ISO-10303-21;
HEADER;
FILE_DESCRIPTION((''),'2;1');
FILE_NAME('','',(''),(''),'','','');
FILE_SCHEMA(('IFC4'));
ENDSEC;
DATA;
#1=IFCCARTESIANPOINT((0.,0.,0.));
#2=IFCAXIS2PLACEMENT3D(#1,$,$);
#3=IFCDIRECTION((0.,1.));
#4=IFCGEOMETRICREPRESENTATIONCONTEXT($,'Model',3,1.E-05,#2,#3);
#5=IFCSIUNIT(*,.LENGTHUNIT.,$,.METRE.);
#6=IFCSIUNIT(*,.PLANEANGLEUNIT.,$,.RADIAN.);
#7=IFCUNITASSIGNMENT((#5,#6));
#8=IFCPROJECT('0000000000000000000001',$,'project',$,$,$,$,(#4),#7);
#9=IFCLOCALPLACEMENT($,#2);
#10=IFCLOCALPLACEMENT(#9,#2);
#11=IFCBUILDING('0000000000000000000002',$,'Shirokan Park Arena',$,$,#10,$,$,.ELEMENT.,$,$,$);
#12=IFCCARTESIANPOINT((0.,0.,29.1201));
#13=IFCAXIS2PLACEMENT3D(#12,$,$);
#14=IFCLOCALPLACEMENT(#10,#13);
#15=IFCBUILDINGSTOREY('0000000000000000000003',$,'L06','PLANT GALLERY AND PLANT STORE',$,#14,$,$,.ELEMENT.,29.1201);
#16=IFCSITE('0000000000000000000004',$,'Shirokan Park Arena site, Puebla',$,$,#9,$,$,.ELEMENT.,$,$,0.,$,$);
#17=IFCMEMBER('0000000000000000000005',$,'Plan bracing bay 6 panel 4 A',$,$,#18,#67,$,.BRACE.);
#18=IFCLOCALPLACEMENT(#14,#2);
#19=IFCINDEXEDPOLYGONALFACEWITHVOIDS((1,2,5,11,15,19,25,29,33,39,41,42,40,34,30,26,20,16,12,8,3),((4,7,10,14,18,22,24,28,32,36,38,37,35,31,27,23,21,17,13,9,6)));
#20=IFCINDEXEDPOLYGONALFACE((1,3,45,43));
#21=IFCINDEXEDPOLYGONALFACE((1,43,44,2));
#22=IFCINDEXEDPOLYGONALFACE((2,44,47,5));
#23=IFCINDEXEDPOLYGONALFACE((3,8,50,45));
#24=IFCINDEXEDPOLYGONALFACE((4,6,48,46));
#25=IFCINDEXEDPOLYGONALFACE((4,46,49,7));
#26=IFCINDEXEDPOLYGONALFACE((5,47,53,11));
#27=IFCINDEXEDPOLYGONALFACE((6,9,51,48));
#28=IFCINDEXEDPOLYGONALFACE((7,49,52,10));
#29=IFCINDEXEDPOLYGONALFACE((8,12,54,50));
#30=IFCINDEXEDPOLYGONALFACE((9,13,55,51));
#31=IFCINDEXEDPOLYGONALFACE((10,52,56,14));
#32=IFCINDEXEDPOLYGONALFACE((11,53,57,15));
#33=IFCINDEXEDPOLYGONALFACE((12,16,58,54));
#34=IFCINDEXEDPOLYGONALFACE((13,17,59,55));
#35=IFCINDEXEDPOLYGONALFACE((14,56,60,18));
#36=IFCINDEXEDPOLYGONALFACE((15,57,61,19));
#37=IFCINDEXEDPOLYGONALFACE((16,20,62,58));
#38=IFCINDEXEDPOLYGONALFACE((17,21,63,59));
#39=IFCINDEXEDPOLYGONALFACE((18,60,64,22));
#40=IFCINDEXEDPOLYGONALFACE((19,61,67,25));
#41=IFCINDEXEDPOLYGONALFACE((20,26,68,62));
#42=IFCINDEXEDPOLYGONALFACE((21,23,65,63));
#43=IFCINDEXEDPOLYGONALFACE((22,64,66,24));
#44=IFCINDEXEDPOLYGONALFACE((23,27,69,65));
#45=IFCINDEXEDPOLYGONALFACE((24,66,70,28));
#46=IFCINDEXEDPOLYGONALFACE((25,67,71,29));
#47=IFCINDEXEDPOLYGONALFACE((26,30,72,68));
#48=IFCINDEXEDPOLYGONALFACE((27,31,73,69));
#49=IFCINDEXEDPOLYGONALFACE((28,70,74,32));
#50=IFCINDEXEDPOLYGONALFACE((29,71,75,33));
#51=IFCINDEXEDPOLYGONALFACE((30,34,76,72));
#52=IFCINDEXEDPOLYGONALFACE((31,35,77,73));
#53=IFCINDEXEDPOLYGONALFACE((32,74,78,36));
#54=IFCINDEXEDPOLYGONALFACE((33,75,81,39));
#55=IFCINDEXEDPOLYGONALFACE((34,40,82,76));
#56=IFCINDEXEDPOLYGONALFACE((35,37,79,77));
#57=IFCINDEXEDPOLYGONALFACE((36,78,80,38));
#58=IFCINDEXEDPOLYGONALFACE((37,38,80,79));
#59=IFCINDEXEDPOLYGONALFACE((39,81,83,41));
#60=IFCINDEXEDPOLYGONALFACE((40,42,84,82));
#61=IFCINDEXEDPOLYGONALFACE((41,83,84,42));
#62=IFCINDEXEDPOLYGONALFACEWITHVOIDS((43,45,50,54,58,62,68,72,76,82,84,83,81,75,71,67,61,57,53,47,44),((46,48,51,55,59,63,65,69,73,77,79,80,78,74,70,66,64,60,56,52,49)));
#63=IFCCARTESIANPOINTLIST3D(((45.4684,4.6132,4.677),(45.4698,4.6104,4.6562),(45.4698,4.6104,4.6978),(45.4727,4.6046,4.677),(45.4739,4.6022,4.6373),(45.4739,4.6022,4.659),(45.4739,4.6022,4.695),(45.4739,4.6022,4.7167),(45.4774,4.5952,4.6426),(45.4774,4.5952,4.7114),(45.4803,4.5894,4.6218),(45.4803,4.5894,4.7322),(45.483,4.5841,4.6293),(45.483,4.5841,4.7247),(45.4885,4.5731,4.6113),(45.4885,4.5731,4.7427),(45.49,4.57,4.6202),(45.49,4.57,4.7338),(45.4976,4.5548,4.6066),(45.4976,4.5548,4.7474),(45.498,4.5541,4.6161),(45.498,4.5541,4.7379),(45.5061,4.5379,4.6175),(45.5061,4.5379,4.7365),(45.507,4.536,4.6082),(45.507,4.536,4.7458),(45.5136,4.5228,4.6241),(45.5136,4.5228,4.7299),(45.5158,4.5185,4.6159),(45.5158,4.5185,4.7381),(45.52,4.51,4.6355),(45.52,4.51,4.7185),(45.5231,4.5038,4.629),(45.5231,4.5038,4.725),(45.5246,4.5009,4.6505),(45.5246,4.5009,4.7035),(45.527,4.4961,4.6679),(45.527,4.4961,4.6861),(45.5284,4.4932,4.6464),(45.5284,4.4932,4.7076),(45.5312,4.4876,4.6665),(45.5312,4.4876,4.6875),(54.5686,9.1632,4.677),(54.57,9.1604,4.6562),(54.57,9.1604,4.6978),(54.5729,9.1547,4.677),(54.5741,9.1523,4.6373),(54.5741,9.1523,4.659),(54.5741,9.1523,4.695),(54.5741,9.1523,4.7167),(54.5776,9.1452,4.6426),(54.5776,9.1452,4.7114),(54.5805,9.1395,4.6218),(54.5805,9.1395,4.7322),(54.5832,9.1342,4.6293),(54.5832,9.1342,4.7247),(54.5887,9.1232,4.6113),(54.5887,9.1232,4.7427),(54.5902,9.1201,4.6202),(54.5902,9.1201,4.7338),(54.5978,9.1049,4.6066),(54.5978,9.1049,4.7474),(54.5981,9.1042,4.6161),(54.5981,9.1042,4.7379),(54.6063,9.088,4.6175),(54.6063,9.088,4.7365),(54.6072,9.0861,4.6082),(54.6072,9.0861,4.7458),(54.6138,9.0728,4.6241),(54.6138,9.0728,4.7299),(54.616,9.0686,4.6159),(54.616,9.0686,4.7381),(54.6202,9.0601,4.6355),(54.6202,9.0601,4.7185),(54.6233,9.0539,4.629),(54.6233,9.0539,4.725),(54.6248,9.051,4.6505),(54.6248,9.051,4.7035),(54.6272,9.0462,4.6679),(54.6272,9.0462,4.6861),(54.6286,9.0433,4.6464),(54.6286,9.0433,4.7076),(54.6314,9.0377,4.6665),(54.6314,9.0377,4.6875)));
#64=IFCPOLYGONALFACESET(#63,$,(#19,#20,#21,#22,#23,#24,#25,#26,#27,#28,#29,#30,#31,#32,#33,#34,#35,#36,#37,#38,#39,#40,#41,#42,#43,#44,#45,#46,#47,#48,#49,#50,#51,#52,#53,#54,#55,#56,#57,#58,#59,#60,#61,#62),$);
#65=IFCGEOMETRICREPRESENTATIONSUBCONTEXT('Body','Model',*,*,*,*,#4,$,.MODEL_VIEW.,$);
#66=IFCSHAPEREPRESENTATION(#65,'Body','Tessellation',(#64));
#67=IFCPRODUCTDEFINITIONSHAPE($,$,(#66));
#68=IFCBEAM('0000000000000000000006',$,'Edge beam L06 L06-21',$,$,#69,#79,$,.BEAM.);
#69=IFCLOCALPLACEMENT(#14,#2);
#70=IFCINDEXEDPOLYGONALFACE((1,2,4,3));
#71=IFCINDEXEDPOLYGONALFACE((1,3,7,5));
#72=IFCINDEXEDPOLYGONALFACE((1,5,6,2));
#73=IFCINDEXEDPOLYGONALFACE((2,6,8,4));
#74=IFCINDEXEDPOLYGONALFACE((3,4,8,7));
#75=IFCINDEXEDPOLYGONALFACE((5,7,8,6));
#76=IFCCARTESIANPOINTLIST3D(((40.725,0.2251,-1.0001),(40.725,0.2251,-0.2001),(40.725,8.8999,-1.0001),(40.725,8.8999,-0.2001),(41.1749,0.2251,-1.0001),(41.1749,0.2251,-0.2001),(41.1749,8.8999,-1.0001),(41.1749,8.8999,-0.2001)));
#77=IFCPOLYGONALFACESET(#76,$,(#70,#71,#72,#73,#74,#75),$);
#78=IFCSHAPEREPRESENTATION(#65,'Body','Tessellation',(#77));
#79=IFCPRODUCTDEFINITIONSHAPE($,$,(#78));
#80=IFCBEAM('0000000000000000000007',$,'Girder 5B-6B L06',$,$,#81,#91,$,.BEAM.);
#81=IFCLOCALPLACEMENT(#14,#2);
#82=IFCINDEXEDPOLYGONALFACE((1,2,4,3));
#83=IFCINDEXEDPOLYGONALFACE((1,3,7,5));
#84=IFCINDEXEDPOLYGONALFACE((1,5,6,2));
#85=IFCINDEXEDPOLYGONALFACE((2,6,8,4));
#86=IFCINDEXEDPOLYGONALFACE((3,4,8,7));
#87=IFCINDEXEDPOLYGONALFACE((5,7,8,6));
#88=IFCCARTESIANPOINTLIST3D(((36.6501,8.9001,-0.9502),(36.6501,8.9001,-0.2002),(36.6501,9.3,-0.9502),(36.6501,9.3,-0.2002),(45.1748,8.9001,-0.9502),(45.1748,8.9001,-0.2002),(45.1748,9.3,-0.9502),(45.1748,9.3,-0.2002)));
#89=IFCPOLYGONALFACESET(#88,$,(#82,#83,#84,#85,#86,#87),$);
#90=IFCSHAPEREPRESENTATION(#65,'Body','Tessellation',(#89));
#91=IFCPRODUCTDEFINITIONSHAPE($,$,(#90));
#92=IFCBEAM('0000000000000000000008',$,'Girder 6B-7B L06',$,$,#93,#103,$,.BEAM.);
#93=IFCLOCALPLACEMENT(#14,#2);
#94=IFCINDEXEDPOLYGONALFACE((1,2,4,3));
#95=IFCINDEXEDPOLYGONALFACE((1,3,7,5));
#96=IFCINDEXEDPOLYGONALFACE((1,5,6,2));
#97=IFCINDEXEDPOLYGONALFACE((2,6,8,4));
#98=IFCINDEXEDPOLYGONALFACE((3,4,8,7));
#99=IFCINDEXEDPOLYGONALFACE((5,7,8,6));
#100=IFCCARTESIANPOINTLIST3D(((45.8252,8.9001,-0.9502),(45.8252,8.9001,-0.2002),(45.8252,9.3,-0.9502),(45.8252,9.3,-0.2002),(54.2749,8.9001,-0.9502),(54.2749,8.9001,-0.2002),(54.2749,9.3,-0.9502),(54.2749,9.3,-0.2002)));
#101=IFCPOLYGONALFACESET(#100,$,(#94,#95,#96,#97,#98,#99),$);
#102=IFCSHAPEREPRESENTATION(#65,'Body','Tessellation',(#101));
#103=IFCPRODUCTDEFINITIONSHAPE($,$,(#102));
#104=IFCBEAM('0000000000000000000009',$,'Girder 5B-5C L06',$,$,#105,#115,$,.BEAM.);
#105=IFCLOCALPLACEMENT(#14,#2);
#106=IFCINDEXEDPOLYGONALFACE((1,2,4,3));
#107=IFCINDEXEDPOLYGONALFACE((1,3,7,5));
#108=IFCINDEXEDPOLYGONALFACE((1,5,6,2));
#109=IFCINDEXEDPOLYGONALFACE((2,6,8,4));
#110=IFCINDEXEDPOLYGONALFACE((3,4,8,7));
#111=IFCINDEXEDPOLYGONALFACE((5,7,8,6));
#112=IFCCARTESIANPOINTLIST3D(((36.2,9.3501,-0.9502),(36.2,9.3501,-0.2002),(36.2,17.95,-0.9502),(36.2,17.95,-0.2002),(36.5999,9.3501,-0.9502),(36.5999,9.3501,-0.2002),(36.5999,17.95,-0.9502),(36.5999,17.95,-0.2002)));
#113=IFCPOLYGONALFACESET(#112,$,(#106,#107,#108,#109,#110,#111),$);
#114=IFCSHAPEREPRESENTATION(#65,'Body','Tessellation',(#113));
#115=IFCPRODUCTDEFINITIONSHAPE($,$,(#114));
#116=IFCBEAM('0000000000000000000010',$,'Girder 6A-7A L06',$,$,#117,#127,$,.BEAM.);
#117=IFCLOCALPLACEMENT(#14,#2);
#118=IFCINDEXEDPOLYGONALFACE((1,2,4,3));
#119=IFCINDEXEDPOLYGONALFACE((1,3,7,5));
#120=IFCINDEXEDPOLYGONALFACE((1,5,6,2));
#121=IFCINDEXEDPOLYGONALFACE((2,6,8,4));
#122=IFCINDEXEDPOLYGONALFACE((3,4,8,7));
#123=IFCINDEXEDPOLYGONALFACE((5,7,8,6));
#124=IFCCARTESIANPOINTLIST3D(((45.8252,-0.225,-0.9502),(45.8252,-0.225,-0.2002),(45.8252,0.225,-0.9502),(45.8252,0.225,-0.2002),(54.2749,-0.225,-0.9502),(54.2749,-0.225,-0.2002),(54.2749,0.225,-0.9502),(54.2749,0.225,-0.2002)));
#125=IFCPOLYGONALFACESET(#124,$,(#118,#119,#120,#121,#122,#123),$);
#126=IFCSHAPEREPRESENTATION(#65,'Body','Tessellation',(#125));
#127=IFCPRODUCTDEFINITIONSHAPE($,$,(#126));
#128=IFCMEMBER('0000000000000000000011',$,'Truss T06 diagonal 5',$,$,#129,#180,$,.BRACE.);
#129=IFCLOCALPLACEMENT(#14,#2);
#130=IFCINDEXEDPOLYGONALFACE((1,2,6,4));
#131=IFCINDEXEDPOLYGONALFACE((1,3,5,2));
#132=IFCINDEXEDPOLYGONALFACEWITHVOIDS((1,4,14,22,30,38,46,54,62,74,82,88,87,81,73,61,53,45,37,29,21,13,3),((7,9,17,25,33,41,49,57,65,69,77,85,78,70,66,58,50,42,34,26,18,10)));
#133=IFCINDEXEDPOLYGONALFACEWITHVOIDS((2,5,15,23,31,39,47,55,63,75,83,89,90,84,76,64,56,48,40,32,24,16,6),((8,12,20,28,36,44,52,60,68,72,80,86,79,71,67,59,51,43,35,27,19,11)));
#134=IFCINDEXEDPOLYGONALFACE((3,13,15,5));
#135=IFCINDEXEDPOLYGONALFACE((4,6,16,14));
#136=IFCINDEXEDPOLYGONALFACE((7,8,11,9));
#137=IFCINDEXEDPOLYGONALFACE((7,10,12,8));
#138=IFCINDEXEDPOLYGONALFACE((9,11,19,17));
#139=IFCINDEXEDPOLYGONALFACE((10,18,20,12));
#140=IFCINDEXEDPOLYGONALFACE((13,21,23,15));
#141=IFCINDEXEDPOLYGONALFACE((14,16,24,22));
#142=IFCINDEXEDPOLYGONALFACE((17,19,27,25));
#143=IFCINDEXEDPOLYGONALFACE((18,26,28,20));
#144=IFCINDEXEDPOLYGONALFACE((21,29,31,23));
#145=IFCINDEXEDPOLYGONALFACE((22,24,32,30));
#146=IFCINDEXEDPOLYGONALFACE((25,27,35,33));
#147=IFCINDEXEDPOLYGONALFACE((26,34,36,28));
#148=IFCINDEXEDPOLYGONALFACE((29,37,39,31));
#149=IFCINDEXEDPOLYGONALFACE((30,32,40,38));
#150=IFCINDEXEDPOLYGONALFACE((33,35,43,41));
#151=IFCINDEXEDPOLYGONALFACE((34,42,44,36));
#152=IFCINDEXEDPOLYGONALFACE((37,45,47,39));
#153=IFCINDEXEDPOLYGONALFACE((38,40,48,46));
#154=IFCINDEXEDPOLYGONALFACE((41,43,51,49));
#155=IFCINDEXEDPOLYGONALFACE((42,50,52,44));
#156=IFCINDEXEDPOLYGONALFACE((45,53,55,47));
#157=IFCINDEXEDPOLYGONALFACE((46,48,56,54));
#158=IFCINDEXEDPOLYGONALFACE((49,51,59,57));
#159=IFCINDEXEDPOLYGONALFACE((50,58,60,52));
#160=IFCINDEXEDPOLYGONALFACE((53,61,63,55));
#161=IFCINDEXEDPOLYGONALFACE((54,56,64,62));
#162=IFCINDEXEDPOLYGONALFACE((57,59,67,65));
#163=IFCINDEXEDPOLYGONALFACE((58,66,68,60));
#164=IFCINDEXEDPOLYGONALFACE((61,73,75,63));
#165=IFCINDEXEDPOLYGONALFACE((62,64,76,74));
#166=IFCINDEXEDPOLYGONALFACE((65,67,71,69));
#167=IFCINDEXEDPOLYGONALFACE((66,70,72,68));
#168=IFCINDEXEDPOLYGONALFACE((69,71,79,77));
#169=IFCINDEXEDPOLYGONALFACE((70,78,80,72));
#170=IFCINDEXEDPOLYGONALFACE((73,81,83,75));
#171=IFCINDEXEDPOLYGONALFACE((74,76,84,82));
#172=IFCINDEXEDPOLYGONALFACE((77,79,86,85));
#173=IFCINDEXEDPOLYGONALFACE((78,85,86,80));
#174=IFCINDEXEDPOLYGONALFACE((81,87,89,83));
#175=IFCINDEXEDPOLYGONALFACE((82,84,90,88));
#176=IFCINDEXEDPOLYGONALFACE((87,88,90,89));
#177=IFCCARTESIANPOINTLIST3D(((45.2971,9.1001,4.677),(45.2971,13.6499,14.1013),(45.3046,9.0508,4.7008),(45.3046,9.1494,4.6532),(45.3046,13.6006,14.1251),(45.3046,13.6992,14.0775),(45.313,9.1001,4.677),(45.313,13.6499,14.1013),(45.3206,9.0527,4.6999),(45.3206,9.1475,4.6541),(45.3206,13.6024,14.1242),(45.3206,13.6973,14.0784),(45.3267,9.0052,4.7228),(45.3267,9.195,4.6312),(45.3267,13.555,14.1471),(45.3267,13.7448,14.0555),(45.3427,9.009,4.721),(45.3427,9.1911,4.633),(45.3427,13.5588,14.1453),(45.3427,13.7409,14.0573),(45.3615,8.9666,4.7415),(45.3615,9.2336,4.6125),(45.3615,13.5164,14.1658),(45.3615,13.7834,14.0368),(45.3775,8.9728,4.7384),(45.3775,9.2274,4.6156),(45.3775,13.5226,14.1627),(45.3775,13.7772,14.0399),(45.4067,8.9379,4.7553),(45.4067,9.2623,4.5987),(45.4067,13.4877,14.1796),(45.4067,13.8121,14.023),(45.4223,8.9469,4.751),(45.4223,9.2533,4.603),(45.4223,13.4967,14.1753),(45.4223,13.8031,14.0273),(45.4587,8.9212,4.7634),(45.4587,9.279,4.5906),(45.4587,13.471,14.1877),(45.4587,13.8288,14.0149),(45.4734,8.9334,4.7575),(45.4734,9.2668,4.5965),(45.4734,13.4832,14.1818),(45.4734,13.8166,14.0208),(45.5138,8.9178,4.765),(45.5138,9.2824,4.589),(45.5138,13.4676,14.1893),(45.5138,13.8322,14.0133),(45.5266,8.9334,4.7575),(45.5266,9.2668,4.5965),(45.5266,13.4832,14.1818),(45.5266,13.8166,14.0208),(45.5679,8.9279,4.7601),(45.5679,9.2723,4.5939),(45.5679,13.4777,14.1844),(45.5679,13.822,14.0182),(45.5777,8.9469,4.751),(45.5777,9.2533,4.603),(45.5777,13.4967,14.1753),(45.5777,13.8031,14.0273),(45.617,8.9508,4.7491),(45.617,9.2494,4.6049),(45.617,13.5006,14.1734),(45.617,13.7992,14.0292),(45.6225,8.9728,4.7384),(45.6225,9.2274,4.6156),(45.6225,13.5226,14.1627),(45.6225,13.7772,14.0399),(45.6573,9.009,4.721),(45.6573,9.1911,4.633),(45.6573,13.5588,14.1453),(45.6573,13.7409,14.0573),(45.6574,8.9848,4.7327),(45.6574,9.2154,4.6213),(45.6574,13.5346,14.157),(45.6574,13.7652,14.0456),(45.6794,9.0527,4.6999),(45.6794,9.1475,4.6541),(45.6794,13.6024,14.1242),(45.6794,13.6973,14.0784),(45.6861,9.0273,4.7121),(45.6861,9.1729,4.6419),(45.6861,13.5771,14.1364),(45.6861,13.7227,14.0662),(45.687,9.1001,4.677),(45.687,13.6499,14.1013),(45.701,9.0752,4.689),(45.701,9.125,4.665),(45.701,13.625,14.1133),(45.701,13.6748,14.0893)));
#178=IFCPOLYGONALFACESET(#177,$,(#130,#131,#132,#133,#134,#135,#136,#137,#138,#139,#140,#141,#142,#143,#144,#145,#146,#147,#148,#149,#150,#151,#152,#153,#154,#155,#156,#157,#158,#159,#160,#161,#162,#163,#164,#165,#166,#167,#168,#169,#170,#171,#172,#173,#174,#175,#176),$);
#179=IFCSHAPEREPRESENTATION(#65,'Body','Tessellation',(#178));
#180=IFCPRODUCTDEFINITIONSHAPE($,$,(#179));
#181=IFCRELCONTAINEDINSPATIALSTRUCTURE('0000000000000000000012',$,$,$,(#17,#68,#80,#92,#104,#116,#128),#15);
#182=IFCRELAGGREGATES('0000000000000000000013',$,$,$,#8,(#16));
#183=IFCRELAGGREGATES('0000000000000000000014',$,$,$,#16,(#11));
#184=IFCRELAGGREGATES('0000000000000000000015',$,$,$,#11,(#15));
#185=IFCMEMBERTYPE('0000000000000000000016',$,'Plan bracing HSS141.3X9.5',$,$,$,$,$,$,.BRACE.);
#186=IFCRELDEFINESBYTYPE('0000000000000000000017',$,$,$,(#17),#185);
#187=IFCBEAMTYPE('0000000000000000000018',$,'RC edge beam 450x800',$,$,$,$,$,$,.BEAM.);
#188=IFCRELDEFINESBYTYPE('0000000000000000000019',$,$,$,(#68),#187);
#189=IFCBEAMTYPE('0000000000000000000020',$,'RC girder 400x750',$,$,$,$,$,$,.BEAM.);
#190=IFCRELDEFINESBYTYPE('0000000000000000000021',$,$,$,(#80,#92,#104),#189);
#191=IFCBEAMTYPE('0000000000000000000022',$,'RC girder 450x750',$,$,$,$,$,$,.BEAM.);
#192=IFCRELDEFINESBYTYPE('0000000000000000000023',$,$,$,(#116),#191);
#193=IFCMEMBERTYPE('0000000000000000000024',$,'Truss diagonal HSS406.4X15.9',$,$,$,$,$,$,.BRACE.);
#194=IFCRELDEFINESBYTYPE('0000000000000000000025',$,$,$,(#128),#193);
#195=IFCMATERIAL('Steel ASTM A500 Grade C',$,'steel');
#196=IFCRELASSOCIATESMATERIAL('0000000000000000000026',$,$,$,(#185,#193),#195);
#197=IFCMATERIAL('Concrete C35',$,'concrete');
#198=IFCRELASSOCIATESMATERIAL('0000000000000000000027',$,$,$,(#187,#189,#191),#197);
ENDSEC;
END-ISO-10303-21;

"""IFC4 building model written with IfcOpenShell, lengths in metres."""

from ifc_helpers import new_model, si_unit, direction, frame, origin, origin_2d, place, context, subcontext, project, spatial, rectangle, hollow_circle, extrude, material, material_profile, profile_set, type_object, element, save


model = new_model("IFC4")

# Units and contexts
model_context = context("Model", 3, precision=1e-05, world=origin(), true_north=direction((0.0, 1.0)))
body_context = subcontext(model_context, "Body", "Model", "MODEL_VIEW")
ifc_project = project(units=[si_unit("LENGTHUNIT", "METRE"), si_unit("PLANEANGLEUNIT", "RADIAN")], contexts=[model_context])

# Site, building, storey
site_placement = place(None, origin())
site = spatial("IfcSite", under=ifc_project, at=site_placement, Name="Shirokan Park Arena site, Puebla", CompositionType="ELEMENT", RefElevation=0.0)
building_placement = place(site_placement, origin())
building = spatial("IfcBuilding", under=site, at=building_placement, Name="Shirokan Park Arena", CompositionType="ELEMENT")
storey_placement = place(building_placement, frame((0.0, 0.0, 29.1201)))
storey = spatial("IfcBuildingStorey", under=building, at=storey_placement, Name="L06", Description="PLANT GALLERY AND PLANT STORE", CompositionType="ELEMENT", Elevation=29.1201)

# Shared definitions
ifc_material_1 = material(Name="Concrete C35", Category="concrete")

# Member
ifc_material_2 = material(Name="Steel ASTM A500 Grade C", Category="steel")
ifc_material_profile_1 = material_profile(ifc_material_2, hollow_circle(Radius=0.0706, WallThickness=0.0095, at=origin_2d()), Name="HSS141.3X9.5")
ifc_profile_set_1 = profile_set([ifc_material_profile_1], Name="Steel ASTM A500 Grade C")
member_type_1 = type_object("IfcMemberType", Name="Plan bracing HSS141.3X9.5", PredefinedType="BRACE", material=ifc_profile_set_1)
member_1_placement = place(storey_placement, frame((45.5, 4.55, 4.677), z_axis=(0.894427, 0.447214, 0.0), x_axis=(-0.447214, 0.894427, 0.0)))
element("IfcMember", 1, at=member_1_placement, inside=storey, type_object=member_type_1, Name="Plan bracing bay 6 panel 4 A", PredefinedType="BRACE", context=body_context, shape_type="SweptSolid", body=[
    extrude(hollow_circle(Radius=0.0706, WallThickness=0.0095, at=origin_2d()), origin(), (0.0, 0.0, 1.0), 10.1743),
])

# Beams
ifc_material_profile_2 = material_profile(ifc_material_1, rectangle(XDim=0.45, YDim=0.8, at=origin_2d()), Name="450x800")
ifc_profile_set_2 = profile_set([ifc_material_profile_2], Name="Concrete C35")
beam_type_1 = type_object("IfcBeamType", Name="RC edge beam 450x800", PredefinedType="BEAM", material=ifc_profile_set_2)
beam_1_placement = place(storey_placement, frame((40.95, 0.2251, -0.6001), z_axis=(0.0, 1.0, 0.0), x_axis=(-1.0, 0.0, 0.0)))
element("IfcBeam", 2, at=beam_1_placement, inside=storey, type_object=beam_type_1, Name="Edge beam L06 L06-21", PredefinedType="BEAM", context=body_context, shape_type="SweptSolid", body=[
    extrude(rectangle(XDim=0.45, YDim=0.8, at=origin_2d()), origin(), (0.0, 0.0, 1.0), 8.6748),
])
ifc_material_profile_3 = material_profile(ifc_material_1, rectangle(XDim=0.3999, YDim=0.75, at=origin_2d()), Name="400x750")
ifc_profile_set_3 = profile_set([ifc_material_profile_3], Name="Concrete C35")
beam_type_2 = type_object("IfcBeamType", Name="RC girder 400x750", PredefinedType="BEAM", material=ifc_profile_set_3)
beam_2_placement = place(storey_placement, frame((36.6501, 9.1001, -0.5752), z_axis=(1.0, 0.0, 0.0), x_axis=(0.0, 1.0, 0.0)))
element("IfcBeam", 3, at=beam_2_placement, inside=storey, type_object=beam_type_2, Name="Girder 5B-6B L06", PredefinedType="BEAM", context=body_context, shape_type="SweptSolid", body=[
    extrude(rectangle(XDim=0.3999, YDim=0.75, at=origin_2d()), origin(), (0.0, 0.0, 1.0), 8.5247),
])
beam_3_placement = place(storey_placement, frame((45.8252, 9.1001, -0.5752), z_axis=(1.0, 0.0, 0.0), x_axis=(0.0, 1.0, 0.0)))
element("IfcBeam", 4, at=beam_3_placement, inside=storey, type_object=beam_type_2, Name="Girder 6B-7B L06", PredefinedType="BEAM", context=body_context, shape_type="SweptSolid", body=[
    extrude(rectangle(XDim=0.3999, YDim=0.75, at=origin_2d()), origin(), (0.0, 0.0, 1.0), 8.4497),
])
beam_4_placement = place(storey_placement, frame((36.3999, 9.3501, -0.5752), z_axis=(0.0, 1.0, 0.0), x_axis=(-1.0, 0.0, 0.0)))
element("IfcBeam", 5, at=beam_4_placement, inside=storey, type_object=beam_type_2, Name="Girder 5B-5C L06", PredefinedType="BEAM", context=body_context, shape_type="SweptSolid", body=[
    extrude(rectangle(XDim=0.3999, YDim=0.75, at=origin_2d()), origin(), (0.0, 0.0, 1.0), 8.5999),
])
ifc_material_profile_4 = material_profile(ifc_material_1, rectangle(XDim=0.45, YDim=0.75, at=origin_2d()), Name="450x750")
ifc_profile_set_4 = profile_set([ifc_material_profile_4], Name="Concrete C35")
beam_type_3 = type_object("IfcBeamType", Name="RC girder 450x750", PredefinedType="BEAM", material=ifc_profile_set_4)
beam_5_placement = place(storey_placement, frame((45.8252, 0.0, -0.5752), z_axis=(1.0, 0.0, 0.0), x_axis=(0.0, 1.0, 0.0)))
element("IfcBeam", 6, at=beam_5_placement, inside=storey, type_object=beam_type_3, Name="Girder 6A-7A L06", PredefinedType="BEAM", context=body_context, shape_type="SweptSolid", body=[
    extrude(rectangle(XDim=0.45, YDim=0.75, at=origin_2d()), origin(), (0.0, 0.0, 1.0), 8.4497),
])

# Member
ifc_material_profile_5 = material_profile(ifc_material_2, hollow_circle(Radius=0.2029, WallThickness=0.0159, at=origin_2d()), Name="HSS406.4X15.9")
ifc_profile_set_5 = profile_set([ifc_material_profile_5], Name="Steel ASTM A500 Grade C")
member_type_2 = type_object("IfcMemberType", Name="Truss diagonal HSS406.4X15.9", PredefinedType="BRACE", material=ifc_profile_set_5)
member_2_placement = place(storey_placement, frame((45.5, 9.1001, 4.677), z_axis=(0.0, 0.43476, 0.900547), x_axis=(-1.0, 0.0, 0.0)))
element("IfcMember", 7, at=member_2_placement, inside=storey, type_object=member_type_2, Name="Truss T06 diagonal 5", PredefinedType="BRACE", context=body_context, shape_type="SweptSolid", body=[
    extrude(hollow_circle(Radius=0.2029, WallThickness=0.0159, at=origin_2d()), origin(), (0.0, 0.0, 1.0), 10.4651),
])

save(model, "model.ifc")
